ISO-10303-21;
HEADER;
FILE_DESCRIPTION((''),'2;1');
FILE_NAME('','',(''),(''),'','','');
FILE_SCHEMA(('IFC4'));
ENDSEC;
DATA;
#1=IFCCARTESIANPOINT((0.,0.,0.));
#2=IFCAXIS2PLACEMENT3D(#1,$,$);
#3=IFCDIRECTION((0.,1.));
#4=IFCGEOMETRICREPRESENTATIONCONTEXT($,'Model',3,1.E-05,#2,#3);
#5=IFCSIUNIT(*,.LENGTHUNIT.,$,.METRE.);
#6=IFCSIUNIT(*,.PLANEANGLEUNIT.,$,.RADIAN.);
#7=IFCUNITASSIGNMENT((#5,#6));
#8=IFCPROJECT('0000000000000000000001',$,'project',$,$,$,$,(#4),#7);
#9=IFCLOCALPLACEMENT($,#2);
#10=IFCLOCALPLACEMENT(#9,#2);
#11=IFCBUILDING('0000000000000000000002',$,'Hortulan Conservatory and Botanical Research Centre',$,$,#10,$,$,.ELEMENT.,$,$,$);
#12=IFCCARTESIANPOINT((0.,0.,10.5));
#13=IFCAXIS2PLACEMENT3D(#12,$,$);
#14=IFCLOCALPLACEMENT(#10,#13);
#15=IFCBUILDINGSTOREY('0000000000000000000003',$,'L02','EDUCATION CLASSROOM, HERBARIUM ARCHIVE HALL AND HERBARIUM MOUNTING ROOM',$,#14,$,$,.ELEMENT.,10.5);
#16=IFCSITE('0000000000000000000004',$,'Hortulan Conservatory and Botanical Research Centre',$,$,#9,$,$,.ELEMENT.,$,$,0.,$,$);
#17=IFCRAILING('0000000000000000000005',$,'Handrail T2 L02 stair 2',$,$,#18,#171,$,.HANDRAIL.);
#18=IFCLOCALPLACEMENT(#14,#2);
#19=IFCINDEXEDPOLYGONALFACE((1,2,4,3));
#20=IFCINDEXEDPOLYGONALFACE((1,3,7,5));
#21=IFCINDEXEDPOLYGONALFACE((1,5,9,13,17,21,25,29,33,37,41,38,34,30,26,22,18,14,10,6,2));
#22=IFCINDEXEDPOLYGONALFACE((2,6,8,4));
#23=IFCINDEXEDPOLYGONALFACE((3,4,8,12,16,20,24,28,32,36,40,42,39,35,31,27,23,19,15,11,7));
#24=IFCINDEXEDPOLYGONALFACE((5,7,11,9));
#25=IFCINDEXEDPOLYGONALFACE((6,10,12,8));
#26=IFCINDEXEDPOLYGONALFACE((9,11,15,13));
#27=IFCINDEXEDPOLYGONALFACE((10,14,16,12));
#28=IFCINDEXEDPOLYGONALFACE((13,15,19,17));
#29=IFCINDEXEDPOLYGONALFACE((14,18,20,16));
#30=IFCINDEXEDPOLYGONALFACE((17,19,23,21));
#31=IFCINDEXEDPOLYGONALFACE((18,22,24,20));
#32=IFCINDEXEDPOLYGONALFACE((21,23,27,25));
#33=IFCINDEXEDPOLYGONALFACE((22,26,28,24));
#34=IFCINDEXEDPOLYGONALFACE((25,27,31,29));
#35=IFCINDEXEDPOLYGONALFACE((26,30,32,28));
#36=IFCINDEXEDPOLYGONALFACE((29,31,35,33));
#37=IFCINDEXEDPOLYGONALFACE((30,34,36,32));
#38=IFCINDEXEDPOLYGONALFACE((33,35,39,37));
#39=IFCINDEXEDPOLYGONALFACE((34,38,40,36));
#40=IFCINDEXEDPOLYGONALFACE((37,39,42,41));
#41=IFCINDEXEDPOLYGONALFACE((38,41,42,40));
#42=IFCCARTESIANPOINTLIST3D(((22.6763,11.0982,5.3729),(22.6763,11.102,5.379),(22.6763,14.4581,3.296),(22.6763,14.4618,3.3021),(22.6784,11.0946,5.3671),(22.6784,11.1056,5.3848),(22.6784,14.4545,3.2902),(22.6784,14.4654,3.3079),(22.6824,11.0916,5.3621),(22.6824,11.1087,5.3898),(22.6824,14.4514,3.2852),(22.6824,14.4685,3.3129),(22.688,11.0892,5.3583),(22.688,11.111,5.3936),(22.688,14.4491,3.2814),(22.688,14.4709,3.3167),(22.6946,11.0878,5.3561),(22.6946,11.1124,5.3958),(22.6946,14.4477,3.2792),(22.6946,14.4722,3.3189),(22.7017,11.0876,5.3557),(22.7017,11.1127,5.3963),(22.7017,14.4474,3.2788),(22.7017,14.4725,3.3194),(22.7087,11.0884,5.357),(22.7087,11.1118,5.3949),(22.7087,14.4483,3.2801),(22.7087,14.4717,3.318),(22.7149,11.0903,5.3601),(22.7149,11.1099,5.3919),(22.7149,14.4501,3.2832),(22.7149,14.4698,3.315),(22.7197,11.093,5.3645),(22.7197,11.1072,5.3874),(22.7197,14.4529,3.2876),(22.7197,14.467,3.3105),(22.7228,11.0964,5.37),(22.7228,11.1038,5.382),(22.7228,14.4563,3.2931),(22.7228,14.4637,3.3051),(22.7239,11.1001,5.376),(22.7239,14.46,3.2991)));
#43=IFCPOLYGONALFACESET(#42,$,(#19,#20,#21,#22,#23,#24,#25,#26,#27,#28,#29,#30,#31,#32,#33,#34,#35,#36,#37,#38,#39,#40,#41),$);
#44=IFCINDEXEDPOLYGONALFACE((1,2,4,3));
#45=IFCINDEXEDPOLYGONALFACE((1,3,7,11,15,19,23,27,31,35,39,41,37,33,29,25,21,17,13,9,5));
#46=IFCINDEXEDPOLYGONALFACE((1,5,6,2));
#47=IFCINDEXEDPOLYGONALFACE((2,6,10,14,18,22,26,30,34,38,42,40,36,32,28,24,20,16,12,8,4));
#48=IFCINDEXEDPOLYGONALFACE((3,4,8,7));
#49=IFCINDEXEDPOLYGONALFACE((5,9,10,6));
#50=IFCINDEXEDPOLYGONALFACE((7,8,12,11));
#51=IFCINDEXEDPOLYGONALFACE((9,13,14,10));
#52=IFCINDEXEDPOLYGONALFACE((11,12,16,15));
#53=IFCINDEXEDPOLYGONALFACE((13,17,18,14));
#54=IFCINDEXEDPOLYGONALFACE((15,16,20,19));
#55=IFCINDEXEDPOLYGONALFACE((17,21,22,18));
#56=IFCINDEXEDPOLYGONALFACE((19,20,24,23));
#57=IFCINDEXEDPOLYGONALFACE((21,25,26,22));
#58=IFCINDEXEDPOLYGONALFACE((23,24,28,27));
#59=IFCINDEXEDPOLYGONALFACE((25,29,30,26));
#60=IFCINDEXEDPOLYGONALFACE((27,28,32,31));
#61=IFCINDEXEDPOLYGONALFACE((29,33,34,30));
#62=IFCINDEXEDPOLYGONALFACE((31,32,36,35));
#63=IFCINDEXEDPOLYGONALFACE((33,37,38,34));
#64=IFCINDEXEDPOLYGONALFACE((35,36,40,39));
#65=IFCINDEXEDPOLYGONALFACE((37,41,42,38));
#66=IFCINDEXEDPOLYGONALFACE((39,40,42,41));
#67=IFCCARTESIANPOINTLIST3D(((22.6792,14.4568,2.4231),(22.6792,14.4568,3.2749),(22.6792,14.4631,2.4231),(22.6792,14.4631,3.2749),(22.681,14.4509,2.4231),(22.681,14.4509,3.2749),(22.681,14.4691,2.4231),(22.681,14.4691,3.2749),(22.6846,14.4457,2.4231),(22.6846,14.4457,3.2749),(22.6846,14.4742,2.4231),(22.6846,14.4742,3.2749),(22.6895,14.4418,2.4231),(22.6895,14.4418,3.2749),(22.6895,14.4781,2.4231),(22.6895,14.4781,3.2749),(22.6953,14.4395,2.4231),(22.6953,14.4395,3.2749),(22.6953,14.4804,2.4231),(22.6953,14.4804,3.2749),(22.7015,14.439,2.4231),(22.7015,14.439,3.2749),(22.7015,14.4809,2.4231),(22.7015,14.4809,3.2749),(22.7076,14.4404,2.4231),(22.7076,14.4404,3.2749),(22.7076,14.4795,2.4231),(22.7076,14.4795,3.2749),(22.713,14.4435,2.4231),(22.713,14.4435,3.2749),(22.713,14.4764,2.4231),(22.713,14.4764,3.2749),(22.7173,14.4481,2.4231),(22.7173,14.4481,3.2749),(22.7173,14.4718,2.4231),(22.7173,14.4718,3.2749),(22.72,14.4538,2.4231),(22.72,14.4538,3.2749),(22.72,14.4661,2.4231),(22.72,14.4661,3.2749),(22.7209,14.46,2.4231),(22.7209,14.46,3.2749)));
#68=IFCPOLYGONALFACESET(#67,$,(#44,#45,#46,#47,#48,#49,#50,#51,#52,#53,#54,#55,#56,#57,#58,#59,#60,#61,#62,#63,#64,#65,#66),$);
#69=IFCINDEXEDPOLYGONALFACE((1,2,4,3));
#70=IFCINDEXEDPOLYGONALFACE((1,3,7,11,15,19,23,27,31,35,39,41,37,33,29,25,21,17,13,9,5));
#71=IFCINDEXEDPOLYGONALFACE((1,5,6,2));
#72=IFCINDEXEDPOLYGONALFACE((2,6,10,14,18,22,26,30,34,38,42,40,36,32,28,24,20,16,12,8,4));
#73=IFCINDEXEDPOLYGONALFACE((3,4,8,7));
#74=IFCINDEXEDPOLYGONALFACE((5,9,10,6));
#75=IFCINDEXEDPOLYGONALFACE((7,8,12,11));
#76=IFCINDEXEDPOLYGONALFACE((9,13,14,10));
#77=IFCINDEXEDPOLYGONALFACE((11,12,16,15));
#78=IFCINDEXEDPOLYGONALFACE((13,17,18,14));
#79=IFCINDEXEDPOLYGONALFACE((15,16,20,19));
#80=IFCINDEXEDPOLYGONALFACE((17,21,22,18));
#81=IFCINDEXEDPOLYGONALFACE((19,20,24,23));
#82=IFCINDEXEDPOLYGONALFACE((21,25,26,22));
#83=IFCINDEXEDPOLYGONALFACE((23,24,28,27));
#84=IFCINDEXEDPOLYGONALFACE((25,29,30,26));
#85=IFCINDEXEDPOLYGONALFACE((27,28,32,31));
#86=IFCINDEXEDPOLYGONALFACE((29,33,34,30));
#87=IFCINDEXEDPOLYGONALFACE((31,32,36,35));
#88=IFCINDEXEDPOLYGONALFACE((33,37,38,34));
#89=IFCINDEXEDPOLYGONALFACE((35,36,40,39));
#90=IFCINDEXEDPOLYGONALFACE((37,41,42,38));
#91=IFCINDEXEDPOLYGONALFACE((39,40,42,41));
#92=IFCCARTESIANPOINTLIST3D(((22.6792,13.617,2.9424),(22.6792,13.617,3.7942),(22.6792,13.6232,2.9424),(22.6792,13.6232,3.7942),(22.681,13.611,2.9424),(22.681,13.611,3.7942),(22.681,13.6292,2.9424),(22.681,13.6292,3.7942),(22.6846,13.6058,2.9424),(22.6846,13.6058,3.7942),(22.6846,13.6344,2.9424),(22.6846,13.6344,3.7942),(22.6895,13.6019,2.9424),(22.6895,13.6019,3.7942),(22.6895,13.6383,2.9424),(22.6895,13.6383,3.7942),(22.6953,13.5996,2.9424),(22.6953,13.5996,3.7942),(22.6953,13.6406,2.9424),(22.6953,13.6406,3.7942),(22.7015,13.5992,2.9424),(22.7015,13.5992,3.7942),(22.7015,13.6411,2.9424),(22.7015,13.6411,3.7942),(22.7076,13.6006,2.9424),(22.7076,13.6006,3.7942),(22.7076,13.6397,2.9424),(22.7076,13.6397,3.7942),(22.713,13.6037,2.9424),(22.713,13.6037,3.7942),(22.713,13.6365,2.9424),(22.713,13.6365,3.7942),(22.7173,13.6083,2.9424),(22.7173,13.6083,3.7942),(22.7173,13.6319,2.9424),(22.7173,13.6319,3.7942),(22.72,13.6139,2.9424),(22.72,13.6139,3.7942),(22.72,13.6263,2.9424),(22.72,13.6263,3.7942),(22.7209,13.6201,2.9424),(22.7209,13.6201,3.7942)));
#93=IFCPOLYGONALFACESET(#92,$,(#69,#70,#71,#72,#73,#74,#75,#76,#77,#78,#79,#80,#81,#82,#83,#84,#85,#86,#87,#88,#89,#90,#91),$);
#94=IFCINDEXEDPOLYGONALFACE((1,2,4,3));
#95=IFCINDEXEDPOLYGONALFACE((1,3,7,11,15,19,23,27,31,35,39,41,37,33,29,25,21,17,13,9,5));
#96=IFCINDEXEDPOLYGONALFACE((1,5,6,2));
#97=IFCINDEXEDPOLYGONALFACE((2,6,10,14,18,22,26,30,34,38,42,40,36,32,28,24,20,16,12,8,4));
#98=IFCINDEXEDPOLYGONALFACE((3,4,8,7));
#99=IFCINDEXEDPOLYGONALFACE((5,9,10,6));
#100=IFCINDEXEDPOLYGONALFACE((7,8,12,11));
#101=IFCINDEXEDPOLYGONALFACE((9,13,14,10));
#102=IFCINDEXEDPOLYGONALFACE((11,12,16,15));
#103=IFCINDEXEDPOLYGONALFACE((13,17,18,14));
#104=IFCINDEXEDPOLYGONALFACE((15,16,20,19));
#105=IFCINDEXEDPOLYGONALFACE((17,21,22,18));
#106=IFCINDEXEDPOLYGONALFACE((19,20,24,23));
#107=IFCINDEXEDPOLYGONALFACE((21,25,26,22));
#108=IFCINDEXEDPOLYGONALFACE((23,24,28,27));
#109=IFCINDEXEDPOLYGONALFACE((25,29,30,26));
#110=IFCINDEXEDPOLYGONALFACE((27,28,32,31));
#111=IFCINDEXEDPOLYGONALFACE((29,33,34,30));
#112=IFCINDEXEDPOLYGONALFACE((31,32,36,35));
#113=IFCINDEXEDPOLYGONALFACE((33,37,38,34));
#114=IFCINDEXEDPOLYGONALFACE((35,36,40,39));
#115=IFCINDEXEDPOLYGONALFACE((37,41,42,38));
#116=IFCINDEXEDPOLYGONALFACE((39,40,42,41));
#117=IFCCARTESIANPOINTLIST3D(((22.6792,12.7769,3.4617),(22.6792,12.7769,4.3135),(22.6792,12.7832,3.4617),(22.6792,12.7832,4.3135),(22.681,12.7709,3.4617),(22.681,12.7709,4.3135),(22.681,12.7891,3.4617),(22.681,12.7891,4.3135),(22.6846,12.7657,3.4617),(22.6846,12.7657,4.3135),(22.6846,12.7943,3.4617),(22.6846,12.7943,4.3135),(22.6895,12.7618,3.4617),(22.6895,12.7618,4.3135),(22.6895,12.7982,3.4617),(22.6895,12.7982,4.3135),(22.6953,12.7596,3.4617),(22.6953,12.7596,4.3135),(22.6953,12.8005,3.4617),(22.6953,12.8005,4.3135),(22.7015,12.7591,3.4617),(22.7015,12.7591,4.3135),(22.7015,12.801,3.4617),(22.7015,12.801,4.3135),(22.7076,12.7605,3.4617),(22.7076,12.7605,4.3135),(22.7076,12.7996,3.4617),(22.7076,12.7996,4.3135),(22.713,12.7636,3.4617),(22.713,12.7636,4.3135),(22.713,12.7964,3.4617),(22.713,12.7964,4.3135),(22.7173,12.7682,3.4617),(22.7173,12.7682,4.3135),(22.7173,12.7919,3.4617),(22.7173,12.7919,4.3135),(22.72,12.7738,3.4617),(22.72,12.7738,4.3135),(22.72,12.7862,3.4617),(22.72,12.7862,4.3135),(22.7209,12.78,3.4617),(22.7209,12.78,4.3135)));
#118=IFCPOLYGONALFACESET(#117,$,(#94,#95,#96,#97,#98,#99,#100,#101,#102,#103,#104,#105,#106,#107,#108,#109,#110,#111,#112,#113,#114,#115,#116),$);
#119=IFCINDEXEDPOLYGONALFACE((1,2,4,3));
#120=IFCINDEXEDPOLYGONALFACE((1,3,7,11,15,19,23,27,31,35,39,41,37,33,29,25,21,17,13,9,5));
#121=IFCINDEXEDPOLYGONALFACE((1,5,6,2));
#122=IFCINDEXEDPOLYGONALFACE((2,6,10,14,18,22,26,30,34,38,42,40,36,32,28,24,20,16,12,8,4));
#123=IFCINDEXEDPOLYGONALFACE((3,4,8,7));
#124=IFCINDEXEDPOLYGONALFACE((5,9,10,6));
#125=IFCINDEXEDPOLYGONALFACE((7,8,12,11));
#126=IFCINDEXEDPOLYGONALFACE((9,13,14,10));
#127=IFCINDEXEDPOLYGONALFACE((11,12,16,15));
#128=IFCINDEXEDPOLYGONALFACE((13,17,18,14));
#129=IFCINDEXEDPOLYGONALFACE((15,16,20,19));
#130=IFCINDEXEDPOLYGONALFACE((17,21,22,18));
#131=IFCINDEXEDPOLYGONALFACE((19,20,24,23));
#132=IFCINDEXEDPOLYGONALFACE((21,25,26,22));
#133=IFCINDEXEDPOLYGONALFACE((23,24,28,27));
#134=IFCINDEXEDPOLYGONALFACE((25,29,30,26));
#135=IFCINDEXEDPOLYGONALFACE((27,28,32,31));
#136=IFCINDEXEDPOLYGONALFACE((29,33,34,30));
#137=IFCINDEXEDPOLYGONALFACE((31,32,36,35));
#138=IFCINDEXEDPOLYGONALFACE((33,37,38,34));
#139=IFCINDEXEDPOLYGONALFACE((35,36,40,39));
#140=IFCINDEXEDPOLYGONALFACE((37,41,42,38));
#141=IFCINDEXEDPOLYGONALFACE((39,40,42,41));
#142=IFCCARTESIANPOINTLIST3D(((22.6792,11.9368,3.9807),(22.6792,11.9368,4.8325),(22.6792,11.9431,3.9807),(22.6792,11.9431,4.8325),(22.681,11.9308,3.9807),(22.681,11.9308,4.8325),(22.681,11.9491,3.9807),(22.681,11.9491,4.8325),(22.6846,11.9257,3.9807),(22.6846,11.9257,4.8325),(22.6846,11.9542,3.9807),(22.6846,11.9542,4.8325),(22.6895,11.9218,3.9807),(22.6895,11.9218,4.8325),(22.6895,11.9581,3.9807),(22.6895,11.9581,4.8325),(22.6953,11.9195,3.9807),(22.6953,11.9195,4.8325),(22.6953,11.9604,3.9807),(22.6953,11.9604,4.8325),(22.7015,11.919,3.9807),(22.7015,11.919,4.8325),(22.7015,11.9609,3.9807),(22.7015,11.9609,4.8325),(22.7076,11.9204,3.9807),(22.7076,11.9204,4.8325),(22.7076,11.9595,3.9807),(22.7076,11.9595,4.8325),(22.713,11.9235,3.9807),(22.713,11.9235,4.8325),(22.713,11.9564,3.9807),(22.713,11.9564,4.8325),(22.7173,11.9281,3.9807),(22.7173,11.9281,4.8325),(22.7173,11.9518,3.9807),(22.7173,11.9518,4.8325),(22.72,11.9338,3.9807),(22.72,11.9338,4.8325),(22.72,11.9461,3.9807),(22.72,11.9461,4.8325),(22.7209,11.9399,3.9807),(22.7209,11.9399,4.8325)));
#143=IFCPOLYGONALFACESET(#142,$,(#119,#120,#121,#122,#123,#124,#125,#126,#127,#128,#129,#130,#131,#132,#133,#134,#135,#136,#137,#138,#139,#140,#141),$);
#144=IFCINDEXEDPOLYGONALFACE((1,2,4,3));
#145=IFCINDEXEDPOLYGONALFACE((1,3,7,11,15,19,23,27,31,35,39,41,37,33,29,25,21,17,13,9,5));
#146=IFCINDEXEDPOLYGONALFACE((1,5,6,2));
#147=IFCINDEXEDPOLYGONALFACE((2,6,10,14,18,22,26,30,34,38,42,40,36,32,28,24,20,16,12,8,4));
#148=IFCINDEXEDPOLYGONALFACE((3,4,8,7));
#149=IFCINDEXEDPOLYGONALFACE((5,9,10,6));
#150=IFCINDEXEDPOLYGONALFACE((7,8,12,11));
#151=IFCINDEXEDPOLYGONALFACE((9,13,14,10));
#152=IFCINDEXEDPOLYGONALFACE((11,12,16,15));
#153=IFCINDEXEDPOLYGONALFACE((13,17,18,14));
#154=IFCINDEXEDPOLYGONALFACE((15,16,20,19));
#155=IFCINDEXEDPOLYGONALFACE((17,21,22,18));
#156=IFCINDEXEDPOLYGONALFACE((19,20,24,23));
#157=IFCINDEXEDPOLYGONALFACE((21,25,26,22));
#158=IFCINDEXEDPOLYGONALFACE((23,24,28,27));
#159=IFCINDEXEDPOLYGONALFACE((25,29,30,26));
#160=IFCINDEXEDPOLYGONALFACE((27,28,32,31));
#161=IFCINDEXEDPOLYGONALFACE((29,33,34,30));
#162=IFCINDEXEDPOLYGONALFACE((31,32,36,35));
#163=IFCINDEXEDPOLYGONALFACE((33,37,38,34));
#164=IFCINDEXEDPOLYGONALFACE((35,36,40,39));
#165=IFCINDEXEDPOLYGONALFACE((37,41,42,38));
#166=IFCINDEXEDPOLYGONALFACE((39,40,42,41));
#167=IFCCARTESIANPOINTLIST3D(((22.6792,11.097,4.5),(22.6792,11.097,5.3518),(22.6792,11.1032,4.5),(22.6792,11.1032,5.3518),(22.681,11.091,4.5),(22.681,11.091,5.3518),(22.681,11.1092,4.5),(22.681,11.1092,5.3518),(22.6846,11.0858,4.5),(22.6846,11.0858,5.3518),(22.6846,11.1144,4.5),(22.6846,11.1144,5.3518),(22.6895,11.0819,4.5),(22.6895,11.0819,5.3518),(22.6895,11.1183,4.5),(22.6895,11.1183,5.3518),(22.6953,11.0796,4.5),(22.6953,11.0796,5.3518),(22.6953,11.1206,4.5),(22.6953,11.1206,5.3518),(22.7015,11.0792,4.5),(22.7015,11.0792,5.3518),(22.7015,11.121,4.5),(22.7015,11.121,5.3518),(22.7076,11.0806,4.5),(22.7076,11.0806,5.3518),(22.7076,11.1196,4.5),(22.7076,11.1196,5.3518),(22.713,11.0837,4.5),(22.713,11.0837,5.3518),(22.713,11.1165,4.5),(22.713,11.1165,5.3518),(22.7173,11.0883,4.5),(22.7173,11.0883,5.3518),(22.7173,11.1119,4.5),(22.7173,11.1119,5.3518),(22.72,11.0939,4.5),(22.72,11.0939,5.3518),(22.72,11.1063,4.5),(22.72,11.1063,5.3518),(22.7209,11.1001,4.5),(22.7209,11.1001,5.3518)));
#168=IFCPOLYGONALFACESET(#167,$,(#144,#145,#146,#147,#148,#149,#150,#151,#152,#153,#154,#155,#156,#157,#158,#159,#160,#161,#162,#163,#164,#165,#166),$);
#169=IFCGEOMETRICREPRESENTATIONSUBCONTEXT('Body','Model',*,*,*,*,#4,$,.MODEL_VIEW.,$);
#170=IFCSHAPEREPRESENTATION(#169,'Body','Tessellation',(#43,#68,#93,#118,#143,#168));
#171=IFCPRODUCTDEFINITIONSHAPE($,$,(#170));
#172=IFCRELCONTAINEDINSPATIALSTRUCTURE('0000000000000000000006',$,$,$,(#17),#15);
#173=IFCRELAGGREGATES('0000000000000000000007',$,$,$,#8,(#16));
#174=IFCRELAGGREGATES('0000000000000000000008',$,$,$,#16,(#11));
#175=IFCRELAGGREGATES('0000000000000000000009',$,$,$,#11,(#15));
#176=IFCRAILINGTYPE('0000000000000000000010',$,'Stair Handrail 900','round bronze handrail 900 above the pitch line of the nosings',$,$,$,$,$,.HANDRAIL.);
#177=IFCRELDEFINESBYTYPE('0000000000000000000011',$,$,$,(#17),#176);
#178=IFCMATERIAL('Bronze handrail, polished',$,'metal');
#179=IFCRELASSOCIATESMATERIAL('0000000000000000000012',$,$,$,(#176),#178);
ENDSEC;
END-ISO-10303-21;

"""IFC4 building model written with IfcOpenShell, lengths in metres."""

from ifc_helpers import new_model, si_unit, direction, frame, origin, origin_2d, place, context, subcontext, project, spatial, circle, extrude, material, type_object, element, save


model = new_model("IFC4")

# Units and contexts
model_context = context("Model", 3, precision=1e-05, world=origin(), true_north=direction((0.0, 1.0)))
body_context = subcontext(model_context, "Body", "Model", "MODEL_VIEW")
ifc_project = project(units=[si_unit("LENGTHUNIT", "METRE"), si_unit("PLANEANGLEUNIT", "RADIAN")], contexts=[model_context])

# Site, building, storey
site_placement = place(None, origin())
site = spatial("IfcSite", under=ifc_project, at=site_placement, Name="Hortulan Conservatory and Botanical Research Centre", CompositionType="ELEMENT", RefElevation=0.0)
building_placement = place(site_placement, origin())
building = spatial("IfcBuilding", under=site, at=building_placement, Name="Hortulan Conservatory and Botanical Research Centre", CompositionType="ELEMENT")
storey_placement = place(building_placement, frame((0.0, 0.0, 10.5)))
storey = spatial("IfcBuildingStorey", under=building, at=storey_placement, Name="L02", Description="EDUCATION CLASSROOM, HERBARIUM ARCHIVE HALL AND HERBARIUM MOUNTING ROOM", CompositionType="ELEMENT", Elevation=10.5)

# Railing
ifc_material_1 = material(Name="Bronze handrail, polished", Category="metal")
railing_type_1 = type_object("IfcRailingType", Name="Stair Handrail 900", Description="round bronze handrail 900 above the pitch line of the nosings", PredefinedType="HANDRAIL", material=ifc_material_1)
for number, where, name in (
    (1, (22.7, 14.46, 2.4231), "Handrail T2 L02 stair 2"),
):
    element("IfcRailing", number, at=place(storey_placement, frame(where)), inside=storey, type_object=railing_type_1, Name=name, PredefinedType="HANDRAIL", context=body_context, shape_type="SweptSolid", body=[
        extrude(circle(Radius=0.0239, at=origin_2d()), frame((0.0, 0.0, 0.876), z_axis=(0.0, -0.850606, 0.525803), x_axis=(1.0, 0.0, 0.0)), (0.0, 0.0, 1.0), 3.95),
        extrude(circle(Radius=0.021, at=origin_2d()), origin(), (0.0, 0.0, 1.0), 0.8518),
        extrude(circle(Radius=0.021, at=origin_2d()), frame((0.0, -0.8398, 0.5193)), (0.0, 0.0, 1.0), 0.8518),
        extrude(circle(Radius=0.021, at=origin_2d()), frame((0.0, -1.6799, 1.0386)), (0.0, 0.0, 1.0), 0.8518),
        extrude(circle(Radius=0.021, at=origin_2d()), frame((0.0, -2.52, 1.5576)), (0.0, 0.0, 1.0), 0.8518),
        extrude(circle(Radius=0.021, at=origin_2d()), frame((0.0, -3.3599, 2.0769)), (0.0, 0.0, 1.0), 0.8518),
    ])

save(model, "model.ifc")
